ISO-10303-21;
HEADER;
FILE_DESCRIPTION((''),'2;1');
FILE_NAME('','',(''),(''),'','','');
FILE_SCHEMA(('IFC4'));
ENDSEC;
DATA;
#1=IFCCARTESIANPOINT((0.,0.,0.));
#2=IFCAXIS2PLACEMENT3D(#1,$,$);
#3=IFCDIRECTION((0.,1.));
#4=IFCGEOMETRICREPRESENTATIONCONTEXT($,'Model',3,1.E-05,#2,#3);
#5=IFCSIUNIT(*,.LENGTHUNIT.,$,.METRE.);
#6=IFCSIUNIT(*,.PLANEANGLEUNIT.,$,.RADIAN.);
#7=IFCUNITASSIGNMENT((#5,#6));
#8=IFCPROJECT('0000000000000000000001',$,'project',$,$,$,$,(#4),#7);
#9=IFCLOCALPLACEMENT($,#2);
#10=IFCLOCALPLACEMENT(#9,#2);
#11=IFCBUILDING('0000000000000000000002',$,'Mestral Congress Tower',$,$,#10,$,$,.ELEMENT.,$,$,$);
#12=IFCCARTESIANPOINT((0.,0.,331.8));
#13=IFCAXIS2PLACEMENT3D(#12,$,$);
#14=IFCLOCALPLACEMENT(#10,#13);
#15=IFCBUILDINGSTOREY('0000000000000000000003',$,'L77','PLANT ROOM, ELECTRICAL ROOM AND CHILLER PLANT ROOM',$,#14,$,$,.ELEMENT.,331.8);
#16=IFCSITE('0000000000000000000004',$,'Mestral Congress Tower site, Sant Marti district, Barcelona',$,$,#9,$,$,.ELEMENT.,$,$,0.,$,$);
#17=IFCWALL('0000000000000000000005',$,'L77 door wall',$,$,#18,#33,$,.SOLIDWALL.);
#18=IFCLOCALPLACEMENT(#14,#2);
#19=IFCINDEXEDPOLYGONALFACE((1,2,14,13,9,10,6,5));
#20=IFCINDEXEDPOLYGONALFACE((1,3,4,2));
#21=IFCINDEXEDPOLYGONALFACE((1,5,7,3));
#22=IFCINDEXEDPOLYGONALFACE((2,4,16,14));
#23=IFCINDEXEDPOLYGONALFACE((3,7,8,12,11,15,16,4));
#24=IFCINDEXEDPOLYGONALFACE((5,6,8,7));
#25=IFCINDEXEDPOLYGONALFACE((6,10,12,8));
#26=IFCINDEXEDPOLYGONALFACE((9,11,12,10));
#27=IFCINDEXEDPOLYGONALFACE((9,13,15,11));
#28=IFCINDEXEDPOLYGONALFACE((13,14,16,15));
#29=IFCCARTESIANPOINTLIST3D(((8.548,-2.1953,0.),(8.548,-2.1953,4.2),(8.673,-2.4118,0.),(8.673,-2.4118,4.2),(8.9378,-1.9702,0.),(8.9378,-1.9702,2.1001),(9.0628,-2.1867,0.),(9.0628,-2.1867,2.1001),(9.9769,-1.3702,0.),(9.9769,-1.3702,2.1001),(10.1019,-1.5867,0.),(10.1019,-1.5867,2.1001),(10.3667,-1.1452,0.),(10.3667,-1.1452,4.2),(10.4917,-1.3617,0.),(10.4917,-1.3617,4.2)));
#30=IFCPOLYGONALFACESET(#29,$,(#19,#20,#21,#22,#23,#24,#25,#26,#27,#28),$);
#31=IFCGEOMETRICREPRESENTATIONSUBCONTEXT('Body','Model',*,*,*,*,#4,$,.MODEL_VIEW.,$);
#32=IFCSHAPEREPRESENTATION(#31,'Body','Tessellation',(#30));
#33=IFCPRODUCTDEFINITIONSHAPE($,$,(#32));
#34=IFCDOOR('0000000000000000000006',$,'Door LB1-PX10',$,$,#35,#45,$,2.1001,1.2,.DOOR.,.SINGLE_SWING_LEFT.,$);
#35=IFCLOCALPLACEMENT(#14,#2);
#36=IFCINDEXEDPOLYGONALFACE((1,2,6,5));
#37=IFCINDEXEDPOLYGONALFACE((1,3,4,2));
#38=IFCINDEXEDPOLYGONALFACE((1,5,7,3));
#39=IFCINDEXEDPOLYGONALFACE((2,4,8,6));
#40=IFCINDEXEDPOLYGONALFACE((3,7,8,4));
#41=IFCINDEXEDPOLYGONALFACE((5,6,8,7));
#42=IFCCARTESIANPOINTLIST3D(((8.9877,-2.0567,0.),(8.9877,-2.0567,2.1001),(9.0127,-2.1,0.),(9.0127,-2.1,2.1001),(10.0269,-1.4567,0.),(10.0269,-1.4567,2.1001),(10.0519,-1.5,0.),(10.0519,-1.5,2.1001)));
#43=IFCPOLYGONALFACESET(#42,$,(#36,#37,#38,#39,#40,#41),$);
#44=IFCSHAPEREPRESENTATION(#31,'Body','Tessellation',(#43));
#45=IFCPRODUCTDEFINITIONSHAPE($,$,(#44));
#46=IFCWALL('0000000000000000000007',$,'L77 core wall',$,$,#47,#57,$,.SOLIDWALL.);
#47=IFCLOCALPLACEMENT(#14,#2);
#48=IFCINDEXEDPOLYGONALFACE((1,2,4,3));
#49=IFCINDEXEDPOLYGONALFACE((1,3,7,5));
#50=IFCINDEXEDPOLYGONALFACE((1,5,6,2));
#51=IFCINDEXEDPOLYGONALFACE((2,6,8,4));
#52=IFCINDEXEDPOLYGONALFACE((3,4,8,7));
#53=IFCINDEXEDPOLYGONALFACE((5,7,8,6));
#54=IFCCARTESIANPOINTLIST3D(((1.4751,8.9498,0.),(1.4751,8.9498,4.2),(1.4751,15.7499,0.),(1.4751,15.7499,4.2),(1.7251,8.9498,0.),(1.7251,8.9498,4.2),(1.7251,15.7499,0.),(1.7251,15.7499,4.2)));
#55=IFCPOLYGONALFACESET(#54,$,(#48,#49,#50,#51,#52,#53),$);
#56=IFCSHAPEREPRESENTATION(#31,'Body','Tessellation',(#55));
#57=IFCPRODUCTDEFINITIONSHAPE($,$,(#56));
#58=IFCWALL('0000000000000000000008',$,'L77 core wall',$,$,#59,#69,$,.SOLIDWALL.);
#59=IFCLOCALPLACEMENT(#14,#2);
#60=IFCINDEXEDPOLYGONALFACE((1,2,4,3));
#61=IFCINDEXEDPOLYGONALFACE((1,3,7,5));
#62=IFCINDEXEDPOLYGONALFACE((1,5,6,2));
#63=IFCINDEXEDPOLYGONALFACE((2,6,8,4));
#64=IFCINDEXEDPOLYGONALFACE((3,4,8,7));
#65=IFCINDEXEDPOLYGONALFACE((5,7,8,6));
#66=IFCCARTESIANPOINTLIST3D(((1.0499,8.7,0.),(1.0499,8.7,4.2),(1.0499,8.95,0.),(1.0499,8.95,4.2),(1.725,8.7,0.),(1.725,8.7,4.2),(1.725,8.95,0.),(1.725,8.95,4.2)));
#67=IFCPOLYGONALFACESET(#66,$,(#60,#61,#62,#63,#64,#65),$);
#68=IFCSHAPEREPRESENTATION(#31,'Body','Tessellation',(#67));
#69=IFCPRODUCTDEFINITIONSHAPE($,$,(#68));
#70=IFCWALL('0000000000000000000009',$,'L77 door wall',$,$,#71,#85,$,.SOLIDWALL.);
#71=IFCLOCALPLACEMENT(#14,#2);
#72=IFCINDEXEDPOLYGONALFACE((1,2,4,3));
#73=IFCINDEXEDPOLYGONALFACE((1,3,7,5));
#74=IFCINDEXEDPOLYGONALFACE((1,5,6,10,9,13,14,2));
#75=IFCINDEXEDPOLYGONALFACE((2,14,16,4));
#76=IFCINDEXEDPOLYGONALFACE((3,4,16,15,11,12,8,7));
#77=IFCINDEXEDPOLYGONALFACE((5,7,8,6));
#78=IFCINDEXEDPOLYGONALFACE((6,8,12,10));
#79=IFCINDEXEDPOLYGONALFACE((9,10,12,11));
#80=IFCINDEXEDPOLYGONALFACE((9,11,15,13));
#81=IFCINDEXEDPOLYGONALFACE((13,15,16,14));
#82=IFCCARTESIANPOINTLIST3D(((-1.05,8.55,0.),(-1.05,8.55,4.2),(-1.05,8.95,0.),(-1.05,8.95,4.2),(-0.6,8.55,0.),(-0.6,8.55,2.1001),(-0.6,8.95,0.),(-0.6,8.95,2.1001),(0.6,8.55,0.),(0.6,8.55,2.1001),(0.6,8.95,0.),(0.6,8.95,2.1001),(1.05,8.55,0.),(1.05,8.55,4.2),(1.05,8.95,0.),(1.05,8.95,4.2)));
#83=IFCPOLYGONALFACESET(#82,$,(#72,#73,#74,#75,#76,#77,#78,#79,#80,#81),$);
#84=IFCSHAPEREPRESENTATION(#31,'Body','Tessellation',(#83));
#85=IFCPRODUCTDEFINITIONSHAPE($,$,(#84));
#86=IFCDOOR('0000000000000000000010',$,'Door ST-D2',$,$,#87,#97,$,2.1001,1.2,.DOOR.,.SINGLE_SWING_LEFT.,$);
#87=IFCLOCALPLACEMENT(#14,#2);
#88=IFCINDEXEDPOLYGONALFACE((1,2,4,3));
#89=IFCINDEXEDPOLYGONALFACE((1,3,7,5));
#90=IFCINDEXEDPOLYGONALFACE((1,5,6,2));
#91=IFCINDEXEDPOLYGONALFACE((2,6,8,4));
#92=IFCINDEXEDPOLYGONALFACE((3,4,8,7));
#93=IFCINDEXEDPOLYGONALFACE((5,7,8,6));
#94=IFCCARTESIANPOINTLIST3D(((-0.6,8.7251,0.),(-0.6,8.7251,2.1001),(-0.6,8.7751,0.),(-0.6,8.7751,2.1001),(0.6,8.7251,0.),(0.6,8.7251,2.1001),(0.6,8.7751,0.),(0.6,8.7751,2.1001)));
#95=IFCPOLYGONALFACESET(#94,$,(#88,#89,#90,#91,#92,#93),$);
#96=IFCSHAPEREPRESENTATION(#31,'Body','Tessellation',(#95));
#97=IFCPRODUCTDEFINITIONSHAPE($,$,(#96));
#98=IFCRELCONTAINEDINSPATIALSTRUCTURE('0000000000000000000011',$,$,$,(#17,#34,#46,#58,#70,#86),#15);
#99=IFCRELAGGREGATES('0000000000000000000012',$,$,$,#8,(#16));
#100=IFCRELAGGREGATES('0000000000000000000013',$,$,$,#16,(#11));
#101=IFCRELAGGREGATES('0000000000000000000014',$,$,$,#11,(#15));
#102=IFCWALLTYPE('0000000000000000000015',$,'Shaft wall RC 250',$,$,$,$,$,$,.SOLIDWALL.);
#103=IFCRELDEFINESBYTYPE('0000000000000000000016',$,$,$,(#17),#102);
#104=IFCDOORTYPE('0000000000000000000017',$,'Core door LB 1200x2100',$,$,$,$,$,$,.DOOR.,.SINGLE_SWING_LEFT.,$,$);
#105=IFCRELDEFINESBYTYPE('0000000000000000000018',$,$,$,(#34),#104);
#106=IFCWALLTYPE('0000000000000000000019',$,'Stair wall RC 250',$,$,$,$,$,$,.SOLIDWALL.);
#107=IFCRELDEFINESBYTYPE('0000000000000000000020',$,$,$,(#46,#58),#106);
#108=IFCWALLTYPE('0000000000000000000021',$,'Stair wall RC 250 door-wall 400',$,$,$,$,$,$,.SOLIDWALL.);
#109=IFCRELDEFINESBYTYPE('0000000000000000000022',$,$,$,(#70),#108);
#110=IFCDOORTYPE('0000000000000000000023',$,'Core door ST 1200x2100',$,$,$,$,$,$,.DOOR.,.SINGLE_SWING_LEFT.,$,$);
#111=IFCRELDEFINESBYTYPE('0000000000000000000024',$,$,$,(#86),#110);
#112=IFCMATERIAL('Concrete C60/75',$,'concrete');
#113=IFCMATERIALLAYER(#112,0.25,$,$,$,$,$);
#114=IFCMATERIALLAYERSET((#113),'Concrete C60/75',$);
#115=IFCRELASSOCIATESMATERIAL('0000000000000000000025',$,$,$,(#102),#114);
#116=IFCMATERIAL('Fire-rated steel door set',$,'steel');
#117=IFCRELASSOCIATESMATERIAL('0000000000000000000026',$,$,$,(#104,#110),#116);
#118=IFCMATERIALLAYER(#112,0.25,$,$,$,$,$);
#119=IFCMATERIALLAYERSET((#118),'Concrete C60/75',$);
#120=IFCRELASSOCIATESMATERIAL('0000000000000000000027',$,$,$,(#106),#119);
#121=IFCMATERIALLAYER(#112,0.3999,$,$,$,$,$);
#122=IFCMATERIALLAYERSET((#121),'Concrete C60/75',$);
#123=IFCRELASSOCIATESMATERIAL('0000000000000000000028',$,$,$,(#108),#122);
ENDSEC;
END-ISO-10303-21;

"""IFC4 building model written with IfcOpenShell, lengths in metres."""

from ifc_helpers import new_model, si_unit, direction, frame, frame_2d, origin, place, context, subcontext, project, spatial, rectangle, extrude, material, layer, layer_set, type_object, element, fill, save


model = new_model("IFC4")

# Units and contexts
model_context = context("Model", 3, precision=1e-05, world=origin(), true_north=direction((0.0, 1.0)))
body_context = subcontext(model_context, "Body", "Model", "MODEL_VIEW")
ifc_project = project(units=[si_unit("LENGTHUNIT", "METRE"), si_unit("PLANEANGLEUNIT", "RADIAN")], contexts=[model_context])

# Site, building, storey
site_placement = place(None, origin())
site = spatial("IfcSite", under=ifc_project, at=site_placement, Name="Mestral Congress Tower site, Sant Marti district, Barcelona", CompositionType="ELEMENT", RefElevation=0.0)
building_placement = place(site_placement, origin())
building = spatial("IfcBuilding", under=site, at=building_placement, Name="Mestral Congress Tower", CompositionType="ELEMENT")
storey_placement = place(building_placement, frame((0.0, 0.0, 331.8)))
storey = spatial("IfcBuildingStorey", under=building, at=storey_placement, Name="L77", Description="PLANT ROOM, ELECTRICAL ROOM AND CHILLER PLANT ROOM", CompositionType="ELEMENT", Elevation=331.8)

# Shared definitions
ifc_material_1 = material(Name="Fire-rated steel door set", Category="steel")

# Shared definitions
ifc_material_2 = material(Name="Concrete C60/75", Category="concrete")

# Shared definitions
ifc_layer_1 = layer(ifc_material_2, 0.25)
ifc_layer_set_1 = layer_set([ifc_layer_1], Name="Concrete C60/75")
wall_type_1 = type_object("IfcWallType", Name="Shaft wall RC 250", PredefinedType="SOLIDWALL", material=ifc_layer_set_1)

# Wall, opening, door
wall_1_placement = place(storey_placement, frame((10.4292, -1.2534, 0.0), z_axis=(0.0, 0.0, 1.0), x_axis=(-0.866009, -0.500028, 0.0)))
wall_1 = element("IfcWall", 1, at=wall_1_placement, inside=storey, type_object=wall_type_1, Name="L77 door wall", PredefinedType="SOLIDWALL", context=body_context, shape_type="SweptSolid", body=[
    extrude(rectangle(XDim=2.1001, YDim=0.25, at=frame_2d((1.05, 0.0))), origin(), (0.0, 0.0, 1.0), 4.2),
])
opening_1_placement = place(wall_1_placement, frame((0.45, 0.0, 0.0)))
opening_1 = element("IfcOpeningElement", 2, at=opening_1_placement, cuts=wall_1, PredefinedType="OPENING", context=body_context, shape_type="SweptSolid", body=[
    extrude(rectangle(XDim=1.2, YDim=2.1001, at=frame_2d((0.6001, 1.05))), frame((0.0, 0.135, 0.0), z_axis=(0.0, -1.0, 0.0), x_axis=(1.0, 0.0, 0.0)), (0.0, 0.0, 1.0), 0.27),
])
door_type_1 = type_object("IfcDoorType", Name="Core door LB 1200x2100", OperationType="SINGLE_SWING_LEFT", PredefinedType="DOOR", material=ifc_material_1)
door_1_placement = place(opening_1_placement, origin())
door_1 = element("IfcDoor", 3, at=door_1_placement, inside=storey, type_object=door_type_1, Name="Door LB1-PX10", OperationType="SINGLE_SWING_LEFT", OverallHeight=2.1001, OverallWidth=1.2, PredefinedType="DOOR", context=body_context, shape_type="SweptSolid", body=[
    extrude(rectangle(XDim=1.2, YDim=2.1001, at=frame_2d((0.6001, 1.05))), frame((0.0, 0.0249, 0.0), z_axis=(0.0, -1.0, 0.0), x_axis=(1.0, 0.0, 0.0)), (0.0, 0.0, 1.0), 0.05),
])
fill(opening_1, door_1)

# Walls
ifc_layer_2 = layer(ifc_material_2, 0.25)
ifc_layer_set_2 = layer_set([ifc_layer_2], Name="Concrete C60/75")
wall_type_2 = type_object("IfcWallType", Name="Stair wall RC 250", PredefinedType="SOLIDWALL", material=ifc_layer_set_2)
wall_2_placement = place(storey_placement, frame((1.6001, 8.95, 0.0), z_axis=(0.0, 0.0, 1.0), x_axis=(0.0, 1.0, 0.0)))
element("IfcWall", 4, at=wall_2_placement, inside=storey, type_object=wall_type_2, Name="L77 core wall", PredefinedType="SOLIDWALL", context=body_context, shape_type="SweptSolid", body=[
    extrude(rectangle(XDim=6.8, YDim=0.25, at=frame_2d((3.3999, 0.0))), origin(), (0.0, 0.0, 1.0), 4.2),
])
wall_3_placement = place(storey_placement, frame((1.05, 8.825, 0.0), z_axis=(0.0, 0.0, 1.0), x_axis=(1.0, 0.0, 0.0)))
element("IfcWall", 5, at=wall_3_placement, inside=storey, type_object=wall_type_2, Name="L77 core wall", PredefinedType="SOLIDWALL", context=body_context, shape_type="SweptSolid", body=[
    extrude(rectangle(XDim=0.675, YDim=0.25, at=frame_2d((0.3374, 0.0))), origin(), (0.0, 0.0, 1.0), 4.2),
])

# Wall, opening, door
ifc_layer_3 = layer(ifc_material_2, 0.3999)
ifc_layer_set_3 = layer_set([ifc_layer_3], Name="Concrete C60/75")
wall_type_3 = type_object("IfcWallType", Name="Stair wall RC 250 door-wall 400", PredefinedType="SOLIDWALL", material=ifc_layer_set_3)
wall_4_placement = place(storey_placement, frame((1.05, 8.75, 0.0), z_axis=(0.0, 0.0, 1.0), x_axis=(-1.0, 0.0, 0.0)))
wall_4 = element("IfcWall", 6, at=wall_4_placement, inside=storey, type_object=wall_type_3, Name="L77 door wall", PredefinedType="SOLIDWALL", context=body_context, shape_type="SweptSolid", body=[
    extrude(rectangle(XDim=2.1001, YDim=0.3999, at=frame_2d((1.05, 0.0))), origin(), (0.0, 0.0, 1.0), 4.2),
])
opening_2_placement = place(wall_4_placement, frame((0.45, 0.0, 0.0)))
opening_2 = element("IfcOpeningElement", 7, at=opening_2_placement, cuts=wall_4, PredefinedType="OPENING", context=body_context, shape_type="SweptSolid", body=[
    extrude(rectangle(XDim=1.2, YDim=2.1001, at=frame_2d((0.6001, 1.05))), frame((0.0, 0.21, 0.0), z_axis=(0.0, -1.0, 0.0), x_axis=(1.0, 0.0, 0.0)), (0.0, 0.0, 1.0), 0.4199),
])
door_type_2 = type_object("IfcDoorType", Name="Core door ST 1200x2100", OperationType="SINGLE_SWING_LEFT", PredefinedType="DOOR", material=ifc_material_1)
door_2_placement = place(opening_2_placement, origin())
door_2 = element("IfcDoor", 8, at=door_2_placement, inside=storey, type_object=door_type_2, Name="Door ST-D2", OperationType="SINGLE_SWING_LEFT", OverallHeight=2.1001, OverallWidth=1.2, PredefinedType="DOOR", context=body_context, shape_type="SweptSolid", body=[
    extrude(rectangle(XDim=1.2, YDim=2.1001, at=frame_2d((0.6001, 1.05))), frame((0.0, 0.0249, 0.0), z_axis=(0.0, -1.0, 0.0), x_axis=(1.0, 0.0, 0.0)), (0.0, 0.0, 1.0), 0.05),
])
fill(opening_2, door_2)

save(model, "model.ifc")
